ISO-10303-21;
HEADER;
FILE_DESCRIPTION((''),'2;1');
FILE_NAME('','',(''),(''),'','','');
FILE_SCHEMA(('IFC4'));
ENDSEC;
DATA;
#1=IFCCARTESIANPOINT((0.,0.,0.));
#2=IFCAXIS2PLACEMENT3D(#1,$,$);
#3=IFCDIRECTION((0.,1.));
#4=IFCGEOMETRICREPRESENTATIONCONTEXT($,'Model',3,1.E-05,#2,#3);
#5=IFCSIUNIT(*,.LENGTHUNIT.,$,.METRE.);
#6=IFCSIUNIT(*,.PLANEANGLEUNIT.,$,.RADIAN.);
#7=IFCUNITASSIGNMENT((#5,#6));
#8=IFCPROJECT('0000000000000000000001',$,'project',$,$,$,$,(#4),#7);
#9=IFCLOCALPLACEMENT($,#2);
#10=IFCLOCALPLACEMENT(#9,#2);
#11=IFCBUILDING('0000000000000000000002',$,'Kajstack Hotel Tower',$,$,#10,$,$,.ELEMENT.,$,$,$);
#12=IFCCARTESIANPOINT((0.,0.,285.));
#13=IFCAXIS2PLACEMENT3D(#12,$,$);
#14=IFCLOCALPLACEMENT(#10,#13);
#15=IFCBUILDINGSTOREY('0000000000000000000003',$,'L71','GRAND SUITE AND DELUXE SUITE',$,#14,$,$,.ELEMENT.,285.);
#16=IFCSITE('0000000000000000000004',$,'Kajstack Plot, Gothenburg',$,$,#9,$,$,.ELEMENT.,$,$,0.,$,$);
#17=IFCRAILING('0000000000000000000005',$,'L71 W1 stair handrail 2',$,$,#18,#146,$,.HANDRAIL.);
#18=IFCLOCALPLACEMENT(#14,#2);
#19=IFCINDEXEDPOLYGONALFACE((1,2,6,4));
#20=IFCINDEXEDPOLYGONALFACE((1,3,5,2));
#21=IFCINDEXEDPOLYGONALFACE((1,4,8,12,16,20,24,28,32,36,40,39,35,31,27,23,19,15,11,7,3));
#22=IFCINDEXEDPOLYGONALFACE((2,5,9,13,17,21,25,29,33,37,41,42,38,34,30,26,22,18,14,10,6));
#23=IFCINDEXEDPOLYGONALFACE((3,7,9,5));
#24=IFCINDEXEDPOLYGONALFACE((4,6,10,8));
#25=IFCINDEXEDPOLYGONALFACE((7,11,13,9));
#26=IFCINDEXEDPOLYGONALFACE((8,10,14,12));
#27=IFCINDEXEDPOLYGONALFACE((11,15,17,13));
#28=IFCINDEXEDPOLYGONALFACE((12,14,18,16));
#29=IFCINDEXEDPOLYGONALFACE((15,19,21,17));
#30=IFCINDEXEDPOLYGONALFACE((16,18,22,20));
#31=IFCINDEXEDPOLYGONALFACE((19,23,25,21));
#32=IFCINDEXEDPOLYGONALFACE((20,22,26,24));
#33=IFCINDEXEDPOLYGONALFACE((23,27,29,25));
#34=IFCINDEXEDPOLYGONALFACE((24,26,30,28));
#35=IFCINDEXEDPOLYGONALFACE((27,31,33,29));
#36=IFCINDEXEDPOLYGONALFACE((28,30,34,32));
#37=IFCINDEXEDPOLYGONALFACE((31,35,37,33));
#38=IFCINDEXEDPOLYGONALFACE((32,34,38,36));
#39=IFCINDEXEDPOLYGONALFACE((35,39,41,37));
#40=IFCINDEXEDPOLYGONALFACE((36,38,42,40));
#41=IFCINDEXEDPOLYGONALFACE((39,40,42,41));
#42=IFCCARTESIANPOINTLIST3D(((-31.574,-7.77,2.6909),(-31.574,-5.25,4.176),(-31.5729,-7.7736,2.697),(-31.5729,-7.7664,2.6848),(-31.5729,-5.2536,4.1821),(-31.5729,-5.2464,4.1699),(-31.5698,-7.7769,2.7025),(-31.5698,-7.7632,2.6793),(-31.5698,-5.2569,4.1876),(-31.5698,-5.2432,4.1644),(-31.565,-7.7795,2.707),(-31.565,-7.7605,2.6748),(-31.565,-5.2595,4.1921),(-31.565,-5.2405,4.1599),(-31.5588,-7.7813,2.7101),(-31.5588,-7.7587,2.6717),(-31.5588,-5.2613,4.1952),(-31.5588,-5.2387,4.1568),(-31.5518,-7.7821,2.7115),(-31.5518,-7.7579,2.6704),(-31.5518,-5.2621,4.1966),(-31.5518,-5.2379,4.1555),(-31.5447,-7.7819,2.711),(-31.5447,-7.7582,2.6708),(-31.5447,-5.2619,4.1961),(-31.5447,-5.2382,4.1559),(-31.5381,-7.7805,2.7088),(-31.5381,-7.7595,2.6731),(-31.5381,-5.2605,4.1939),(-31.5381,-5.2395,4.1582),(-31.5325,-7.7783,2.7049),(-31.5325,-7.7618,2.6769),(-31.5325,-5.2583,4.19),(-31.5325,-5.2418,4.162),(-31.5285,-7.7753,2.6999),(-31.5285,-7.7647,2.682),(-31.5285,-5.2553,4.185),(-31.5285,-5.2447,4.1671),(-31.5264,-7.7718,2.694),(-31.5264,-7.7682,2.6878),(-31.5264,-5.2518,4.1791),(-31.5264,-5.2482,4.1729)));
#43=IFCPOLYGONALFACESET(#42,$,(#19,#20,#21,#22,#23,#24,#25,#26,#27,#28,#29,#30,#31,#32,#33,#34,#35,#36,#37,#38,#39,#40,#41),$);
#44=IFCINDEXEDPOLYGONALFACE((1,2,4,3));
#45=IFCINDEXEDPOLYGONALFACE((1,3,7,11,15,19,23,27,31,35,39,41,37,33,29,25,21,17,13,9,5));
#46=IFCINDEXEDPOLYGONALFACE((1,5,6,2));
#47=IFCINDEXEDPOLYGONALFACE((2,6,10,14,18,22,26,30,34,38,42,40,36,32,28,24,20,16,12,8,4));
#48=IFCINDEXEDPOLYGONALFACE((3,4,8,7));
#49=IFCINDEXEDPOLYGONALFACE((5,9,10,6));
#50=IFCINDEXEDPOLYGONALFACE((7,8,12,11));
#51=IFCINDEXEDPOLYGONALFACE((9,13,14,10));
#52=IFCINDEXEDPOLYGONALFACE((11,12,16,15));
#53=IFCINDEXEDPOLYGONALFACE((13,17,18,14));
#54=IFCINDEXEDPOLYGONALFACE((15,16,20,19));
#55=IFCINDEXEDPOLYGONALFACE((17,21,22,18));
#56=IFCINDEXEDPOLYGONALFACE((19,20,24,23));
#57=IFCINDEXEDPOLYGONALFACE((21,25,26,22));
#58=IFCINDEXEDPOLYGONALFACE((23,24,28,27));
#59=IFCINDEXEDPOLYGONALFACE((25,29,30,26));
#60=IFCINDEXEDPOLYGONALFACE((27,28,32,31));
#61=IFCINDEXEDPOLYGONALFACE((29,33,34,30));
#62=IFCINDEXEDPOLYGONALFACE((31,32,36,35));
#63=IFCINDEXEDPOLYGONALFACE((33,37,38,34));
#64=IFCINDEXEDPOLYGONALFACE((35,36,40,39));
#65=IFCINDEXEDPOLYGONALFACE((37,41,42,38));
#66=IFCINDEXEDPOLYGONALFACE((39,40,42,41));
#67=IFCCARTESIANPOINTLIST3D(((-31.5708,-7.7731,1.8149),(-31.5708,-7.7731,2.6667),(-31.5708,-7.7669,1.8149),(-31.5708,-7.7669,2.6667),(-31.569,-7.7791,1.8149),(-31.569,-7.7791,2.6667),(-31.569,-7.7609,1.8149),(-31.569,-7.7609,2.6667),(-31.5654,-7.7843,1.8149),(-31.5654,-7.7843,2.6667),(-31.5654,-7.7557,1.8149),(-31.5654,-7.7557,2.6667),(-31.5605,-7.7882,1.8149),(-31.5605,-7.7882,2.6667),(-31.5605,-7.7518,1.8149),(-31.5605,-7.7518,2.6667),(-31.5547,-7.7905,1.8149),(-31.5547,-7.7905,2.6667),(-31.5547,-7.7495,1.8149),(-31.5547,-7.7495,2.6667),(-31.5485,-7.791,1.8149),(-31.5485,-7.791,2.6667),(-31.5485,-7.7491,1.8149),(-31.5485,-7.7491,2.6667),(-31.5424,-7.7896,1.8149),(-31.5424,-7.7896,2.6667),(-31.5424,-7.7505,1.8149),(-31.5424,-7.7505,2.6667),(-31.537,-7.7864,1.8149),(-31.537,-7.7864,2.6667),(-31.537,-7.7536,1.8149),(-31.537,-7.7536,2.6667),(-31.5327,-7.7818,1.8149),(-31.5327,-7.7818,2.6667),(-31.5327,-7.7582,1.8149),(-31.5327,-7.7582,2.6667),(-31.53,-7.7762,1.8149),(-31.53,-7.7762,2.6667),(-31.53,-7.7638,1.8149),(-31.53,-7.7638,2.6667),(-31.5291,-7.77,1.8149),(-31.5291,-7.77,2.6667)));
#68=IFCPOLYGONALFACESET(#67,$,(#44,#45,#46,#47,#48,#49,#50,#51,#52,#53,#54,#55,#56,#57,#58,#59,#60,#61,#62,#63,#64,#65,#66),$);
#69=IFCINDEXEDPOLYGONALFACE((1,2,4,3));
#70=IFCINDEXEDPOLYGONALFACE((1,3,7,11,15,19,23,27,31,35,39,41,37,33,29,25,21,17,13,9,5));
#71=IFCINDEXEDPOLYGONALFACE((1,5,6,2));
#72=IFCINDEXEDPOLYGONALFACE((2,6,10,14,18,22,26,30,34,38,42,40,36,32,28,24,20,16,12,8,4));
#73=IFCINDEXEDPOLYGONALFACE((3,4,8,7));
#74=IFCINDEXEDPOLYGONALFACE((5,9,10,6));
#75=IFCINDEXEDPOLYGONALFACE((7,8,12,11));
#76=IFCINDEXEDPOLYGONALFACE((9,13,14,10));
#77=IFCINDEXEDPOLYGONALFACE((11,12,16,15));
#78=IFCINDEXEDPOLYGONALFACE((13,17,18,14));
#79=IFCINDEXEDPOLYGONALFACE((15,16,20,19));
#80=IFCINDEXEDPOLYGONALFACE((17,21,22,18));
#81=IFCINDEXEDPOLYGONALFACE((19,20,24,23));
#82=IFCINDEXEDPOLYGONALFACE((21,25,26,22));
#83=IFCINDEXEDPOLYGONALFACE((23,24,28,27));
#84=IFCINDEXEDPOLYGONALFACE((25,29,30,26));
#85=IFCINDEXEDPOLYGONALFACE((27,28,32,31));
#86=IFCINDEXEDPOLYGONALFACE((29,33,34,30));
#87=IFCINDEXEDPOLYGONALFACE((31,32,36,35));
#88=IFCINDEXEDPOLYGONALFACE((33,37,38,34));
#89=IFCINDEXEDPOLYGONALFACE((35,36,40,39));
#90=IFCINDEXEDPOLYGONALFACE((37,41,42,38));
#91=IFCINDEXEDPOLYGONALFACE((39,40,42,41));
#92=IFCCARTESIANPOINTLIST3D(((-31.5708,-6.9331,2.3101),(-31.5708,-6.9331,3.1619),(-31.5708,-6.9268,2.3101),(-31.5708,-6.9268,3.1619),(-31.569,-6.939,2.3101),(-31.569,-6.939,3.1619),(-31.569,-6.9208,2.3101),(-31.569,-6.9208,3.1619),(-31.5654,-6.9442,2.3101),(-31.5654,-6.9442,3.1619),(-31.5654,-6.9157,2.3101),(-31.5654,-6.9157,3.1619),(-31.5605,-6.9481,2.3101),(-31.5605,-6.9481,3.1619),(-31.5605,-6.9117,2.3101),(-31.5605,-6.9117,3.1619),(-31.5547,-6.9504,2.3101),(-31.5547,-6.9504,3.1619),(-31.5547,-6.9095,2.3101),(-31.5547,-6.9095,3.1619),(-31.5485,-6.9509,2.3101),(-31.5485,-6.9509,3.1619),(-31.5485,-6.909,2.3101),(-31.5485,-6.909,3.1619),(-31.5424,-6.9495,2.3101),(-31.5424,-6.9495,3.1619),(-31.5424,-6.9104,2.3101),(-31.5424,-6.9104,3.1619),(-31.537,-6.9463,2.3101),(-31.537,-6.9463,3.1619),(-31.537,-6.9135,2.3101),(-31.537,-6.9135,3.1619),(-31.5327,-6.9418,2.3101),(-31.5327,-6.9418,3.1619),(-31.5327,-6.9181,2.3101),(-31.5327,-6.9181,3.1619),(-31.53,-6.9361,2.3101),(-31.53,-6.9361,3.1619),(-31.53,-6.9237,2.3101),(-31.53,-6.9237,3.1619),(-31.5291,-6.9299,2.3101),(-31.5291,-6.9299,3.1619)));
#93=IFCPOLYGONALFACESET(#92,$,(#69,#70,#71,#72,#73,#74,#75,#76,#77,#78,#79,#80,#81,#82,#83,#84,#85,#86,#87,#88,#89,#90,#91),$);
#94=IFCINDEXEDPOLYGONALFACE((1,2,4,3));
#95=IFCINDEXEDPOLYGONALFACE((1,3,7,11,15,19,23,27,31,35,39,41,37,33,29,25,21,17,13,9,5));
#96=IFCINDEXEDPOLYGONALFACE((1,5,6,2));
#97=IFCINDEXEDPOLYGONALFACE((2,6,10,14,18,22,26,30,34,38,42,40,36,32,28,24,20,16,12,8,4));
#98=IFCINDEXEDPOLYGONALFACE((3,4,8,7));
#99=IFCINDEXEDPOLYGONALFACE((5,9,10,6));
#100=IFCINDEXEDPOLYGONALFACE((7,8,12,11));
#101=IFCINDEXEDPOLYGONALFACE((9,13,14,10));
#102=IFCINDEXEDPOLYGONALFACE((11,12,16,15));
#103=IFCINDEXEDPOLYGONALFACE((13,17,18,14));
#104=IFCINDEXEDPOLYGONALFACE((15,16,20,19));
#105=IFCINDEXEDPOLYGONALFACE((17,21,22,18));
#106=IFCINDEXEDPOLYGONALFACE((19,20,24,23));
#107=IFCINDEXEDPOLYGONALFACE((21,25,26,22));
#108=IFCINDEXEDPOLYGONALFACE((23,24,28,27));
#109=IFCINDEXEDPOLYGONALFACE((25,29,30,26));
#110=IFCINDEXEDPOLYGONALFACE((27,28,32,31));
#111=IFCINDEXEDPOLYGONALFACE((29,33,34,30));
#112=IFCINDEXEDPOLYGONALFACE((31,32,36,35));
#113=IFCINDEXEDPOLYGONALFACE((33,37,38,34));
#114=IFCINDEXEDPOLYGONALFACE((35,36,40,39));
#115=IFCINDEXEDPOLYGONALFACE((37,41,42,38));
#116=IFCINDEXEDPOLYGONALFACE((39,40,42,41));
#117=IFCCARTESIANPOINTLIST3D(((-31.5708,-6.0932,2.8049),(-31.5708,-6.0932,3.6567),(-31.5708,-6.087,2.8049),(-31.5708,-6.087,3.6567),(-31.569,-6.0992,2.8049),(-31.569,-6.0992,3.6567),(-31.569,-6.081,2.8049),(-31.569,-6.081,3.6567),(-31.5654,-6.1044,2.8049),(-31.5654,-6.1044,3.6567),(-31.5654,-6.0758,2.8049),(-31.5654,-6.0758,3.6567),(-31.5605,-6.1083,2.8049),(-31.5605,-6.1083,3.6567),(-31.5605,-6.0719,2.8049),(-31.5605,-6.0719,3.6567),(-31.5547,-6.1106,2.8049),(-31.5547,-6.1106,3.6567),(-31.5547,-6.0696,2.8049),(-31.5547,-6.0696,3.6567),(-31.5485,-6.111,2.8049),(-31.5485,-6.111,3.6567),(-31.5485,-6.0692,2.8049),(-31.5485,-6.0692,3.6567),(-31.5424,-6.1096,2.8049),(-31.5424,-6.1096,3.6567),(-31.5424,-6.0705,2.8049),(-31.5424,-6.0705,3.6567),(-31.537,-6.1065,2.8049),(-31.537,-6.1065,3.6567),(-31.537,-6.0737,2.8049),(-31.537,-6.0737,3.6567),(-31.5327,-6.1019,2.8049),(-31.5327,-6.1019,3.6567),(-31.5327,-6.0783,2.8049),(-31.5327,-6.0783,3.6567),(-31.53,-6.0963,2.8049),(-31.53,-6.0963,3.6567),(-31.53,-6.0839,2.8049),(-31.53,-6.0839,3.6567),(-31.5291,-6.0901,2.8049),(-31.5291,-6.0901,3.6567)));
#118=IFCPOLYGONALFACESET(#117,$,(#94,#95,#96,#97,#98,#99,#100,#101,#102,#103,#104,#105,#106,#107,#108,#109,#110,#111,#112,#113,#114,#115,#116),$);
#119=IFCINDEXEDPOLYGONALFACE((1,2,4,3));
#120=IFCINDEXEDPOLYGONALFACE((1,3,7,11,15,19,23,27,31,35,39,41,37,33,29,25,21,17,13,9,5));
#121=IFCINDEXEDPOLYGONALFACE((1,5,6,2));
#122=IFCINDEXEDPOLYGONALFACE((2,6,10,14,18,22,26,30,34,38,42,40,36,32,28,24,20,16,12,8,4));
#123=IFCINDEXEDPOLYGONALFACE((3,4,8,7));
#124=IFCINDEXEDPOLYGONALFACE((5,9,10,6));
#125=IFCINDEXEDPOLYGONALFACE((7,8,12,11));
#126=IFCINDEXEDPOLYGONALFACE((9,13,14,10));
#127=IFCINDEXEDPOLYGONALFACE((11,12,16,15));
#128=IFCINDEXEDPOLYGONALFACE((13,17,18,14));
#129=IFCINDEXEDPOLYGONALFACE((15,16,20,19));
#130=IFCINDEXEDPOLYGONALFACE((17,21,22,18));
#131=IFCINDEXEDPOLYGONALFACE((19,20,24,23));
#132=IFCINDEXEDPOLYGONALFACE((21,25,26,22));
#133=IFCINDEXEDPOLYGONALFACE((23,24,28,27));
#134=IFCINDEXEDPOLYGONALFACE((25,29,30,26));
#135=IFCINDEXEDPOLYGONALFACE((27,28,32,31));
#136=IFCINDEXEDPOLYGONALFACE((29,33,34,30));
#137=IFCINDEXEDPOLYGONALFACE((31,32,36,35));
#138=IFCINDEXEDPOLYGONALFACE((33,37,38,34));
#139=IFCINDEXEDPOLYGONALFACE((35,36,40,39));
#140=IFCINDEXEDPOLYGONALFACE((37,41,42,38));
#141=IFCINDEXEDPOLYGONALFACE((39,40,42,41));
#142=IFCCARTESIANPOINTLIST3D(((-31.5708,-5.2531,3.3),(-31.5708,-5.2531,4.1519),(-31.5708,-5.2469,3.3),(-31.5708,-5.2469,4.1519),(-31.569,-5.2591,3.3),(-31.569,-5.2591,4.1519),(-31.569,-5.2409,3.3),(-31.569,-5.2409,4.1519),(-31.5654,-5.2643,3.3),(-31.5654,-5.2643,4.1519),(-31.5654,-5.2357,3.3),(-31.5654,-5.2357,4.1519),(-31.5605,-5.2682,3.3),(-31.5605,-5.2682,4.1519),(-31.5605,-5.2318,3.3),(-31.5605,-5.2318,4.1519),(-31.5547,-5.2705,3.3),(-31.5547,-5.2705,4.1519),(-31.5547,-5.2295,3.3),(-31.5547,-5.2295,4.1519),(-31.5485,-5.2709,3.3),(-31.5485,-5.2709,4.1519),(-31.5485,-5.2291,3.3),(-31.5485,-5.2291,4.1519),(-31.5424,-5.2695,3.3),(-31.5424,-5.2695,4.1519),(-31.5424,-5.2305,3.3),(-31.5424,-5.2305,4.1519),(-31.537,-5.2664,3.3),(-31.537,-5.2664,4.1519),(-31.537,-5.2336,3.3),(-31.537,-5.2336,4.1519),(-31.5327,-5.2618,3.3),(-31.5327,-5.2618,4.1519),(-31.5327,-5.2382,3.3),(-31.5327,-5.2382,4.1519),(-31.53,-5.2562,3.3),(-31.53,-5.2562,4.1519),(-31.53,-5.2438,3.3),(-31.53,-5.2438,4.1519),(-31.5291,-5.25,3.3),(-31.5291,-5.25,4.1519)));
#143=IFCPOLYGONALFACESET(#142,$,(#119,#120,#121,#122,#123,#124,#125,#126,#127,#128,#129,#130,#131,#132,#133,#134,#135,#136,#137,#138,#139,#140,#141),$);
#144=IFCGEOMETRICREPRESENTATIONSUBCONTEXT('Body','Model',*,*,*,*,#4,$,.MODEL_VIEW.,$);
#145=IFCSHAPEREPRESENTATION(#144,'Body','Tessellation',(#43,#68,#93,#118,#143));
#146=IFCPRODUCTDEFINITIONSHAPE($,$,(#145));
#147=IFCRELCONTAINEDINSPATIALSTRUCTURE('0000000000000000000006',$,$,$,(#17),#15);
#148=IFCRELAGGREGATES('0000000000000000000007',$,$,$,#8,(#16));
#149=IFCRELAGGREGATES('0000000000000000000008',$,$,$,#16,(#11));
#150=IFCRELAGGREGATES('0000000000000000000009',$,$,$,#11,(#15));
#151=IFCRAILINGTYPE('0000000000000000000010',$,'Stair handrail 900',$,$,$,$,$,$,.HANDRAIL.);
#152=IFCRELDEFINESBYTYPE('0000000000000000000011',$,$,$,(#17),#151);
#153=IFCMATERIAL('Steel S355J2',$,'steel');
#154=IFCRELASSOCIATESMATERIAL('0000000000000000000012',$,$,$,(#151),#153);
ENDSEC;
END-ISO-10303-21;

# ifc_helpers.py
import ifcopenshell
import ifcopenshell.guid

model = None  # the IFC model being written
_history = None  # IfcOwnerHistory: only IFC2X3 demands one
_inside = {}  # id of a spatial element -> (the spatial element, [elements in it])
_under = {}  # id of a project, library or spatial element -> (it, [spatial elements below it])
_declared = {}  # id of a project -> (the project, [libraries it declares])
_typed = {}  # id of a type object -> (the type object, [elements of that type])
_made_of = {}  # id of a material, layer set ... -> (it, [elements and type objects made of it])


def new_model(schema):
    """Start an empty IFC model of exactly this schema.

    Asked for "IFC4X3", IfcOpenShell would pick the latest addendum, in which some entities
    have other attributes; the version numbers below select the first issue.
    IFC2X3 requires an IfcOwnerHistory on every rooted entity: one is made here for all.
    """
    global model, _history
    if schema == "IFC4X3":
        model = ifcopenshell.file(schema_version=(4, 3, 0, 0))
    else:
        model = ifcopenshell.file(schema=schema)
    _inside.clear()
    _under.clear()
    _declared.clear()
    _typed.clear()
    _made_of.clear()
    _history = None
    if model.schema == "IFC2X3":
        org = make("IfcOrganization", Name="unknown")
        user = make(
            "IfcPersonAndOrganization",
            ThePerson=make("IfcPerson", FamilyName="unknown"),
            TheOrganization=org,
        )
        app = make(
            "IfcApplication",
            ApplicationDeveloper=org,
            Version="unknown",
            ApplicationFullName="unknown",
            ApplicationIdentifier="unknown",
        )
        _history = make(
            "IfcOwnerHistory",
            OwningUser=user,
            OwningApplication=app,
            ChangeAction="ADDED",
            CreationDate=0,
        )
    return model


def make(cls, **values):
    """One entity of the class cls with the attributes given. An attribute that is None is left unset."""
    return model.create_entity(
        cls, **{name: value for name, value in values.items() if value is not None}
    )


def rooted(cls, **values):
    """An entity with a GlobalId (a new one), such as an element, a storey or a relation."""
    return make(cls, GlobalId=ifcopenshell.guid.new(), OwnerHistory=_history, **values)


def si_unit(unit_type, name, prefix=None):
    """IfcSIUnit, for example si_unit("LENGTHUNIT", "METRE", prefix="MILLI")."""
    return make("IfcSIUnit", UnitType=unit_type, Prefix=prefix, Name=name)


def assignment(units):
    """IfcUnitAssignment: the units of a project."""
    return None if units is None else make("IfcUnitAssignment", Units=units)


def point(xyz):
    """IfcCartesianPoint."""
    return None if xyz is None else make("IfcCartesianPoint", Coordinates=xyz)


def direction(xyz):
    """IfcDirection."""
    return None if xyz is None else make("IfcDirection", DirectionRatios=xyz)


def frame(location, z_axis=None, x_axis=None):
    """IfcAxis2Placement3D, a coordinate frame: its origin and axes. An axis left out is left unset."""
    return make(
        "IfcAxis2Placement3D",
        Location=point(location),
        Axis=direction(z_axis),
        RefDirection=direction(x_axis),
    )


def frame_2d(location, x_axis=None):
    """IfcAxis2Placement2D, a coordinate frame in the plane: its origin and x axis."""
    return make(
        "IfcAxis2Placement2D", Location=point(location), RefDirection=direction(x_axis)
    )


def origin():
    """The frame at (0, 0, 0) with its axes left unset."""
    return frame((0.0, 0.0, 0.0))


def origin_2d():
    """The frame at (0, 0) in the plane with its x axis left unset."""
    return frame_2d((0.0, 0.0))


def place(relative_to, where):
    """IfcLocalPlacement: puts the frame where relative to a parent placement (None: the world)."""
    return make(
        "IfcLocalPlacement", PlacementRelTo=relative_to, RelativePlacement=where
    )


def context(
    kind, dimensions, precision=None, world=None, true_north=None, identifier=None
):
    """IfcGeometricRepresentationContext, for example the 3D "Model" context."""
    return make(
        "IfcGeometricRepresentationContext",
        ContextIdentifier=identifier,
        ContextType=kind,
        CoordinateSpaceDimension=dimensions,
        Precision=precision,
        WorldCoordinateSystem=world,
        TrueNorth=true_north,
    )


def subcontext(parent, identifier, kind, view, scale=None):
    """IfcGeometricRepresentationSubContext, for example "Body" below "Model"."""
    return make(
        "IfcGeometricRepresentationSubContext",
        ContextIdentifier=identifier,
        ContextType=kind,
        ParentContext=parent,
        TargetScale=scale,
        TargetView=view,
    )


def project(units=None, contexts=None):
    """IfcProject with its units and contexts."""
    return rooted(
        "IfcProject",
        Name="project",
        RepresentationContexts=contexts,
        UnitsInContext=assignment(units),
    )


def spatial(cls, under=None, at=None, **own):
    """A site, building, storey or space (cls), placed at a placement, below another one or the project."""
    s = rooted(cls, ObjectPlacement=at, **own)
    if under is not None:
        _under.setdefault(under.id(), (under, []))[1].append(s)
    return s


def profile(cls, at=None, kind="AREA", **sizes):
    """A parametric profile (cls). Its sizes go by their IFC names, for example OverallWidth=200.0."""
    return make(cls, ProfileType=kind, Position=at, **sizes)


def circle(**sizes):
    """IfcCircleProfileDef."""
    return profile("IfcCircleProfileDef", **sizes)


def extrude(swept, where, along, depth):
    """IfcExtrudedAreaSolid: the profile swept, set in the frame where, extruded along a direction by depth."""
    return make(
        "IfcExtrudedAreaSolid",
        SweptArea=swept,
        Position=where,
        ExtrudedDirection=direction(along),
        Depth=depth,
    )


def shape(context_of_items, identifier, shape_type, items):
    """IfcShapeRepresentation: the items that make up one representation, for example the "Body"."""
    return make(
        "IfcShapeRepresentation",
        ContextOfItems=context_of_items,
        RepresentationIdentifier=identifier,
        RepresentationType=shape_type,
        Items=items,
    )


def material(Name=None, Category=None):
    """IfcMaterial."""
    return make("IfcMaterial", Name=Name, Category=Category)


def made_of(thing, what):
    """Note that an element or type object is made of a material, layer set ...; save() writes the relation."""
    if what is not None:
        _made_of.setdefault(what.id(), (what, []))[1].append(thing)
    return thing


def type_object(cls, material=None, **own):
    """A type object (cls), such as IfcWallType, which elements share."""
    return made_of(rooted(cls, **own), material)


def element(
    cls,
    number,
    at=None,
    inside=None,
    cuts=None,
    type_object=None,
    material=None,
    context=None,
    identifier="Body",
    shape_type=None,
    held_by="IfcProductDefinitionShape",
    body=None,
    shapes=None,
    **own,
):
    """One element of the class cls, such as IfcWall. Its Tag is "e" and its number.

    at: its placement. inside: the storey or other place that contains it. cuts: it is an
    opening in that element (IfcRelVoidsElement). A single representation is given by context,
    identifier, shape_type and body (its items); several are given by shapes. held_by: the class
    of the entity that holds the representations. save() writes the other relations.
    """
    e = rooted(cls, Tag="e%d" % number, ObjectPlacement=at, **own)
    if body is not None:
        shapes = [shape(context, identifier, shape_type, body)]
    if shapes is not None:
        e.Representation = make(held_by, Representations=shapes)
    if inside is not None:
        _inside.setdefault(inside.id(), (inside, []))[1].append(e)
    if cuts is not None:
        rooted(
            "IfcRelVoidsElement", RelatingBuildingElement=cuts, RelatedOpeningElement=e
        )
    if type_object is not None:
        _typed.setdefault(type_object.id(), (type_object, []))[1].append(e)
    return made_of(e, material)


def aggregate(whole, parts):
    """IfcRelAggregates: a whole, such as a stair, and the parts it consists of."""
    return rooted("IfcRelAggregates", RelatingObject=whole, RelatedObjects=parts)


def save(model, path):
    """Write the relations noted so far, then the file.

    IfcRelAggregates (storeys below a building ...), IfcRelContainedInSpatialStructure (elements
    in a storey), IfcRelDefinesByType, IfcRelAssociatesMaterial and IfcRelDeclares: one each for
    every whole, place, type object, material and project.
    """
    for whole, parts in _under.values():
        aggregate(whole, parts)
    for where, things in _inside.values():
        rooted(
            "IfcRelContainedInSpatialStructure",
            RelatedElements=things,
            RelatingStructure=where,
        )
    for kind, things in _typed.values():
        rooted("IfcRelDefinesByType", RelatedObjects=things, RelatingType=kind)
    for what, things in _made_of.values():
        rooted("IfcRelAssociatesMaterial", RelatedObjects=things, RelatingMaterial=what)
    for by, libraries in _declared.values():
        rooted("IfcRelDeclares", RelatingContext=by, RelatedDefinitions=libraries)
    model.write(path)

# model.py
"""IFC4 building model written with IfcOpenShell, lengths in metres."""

from ifc_helpers import new_model, si_unit, direction, frame, origin, origin_2d, place, context, subcontext, project, spatial, circle, extrude, material, type_object, element, save


model = new_model("IFC4")

# Units and contexts
model_context = context("Model", 3, precision=1e-05, world=origin(), true_north=direction((0.0, 1.0)))
body_context = subcontext(model_context, "Body", "Model", "MODEL_VIEW")
ifc_project = project(units=[si_unit("LENGTHUNIT", "METRE"), si_unit("PLANEANGLEUNIT", "RADIAN")], contexts=[model_context])

# Site, building, storey
site_placement = place(None, origin())
site = spatial("IfcSite", under=ifc_project, at=site_placement, Name="Kajstack Plot, Gothenburg", CompositionType="ELEMENT", RefElevation=0.0)
building_placement = place(site_placement, origin())
building = spatial("IfcBuilding", under=site, at=building_placement, Name="Kajstack Hotel Tower", CompositionType="ELEMENT")
storey_placement = place(building_placement, frame((0.0, 0.0, 285.0)))
storey = spatial("IfcBuildingStorey", under=building, at=storey_placement, Name="L71", Description="GRAND SUITE AND DELUXE SUITE", CompositionType="ELEMENT", Elevation=285.0)

# Railing
ifc_material_1 = material(Name="Steel S355J2", Category="steel")
railing_type_1 = type_object("IfcRailingType", Name="Stair handrail 900", PredefinedType="HANDRAIL", material=ifc_material_1)
railing_1_placement = place(storey_placement, frame((-31.55, -7.77, 1.8149)))
element("IfcRailing", 1, at=railing_1_placement, inside=storey, type_object=railing_type_1, Name="L71 W1 stair handrail 2", PredefinedType="HANDRAIL", context=body_context, shape_type="SweptSolid", body=[
    extrude(circle(Radius=0.0239, at=origin_2d()), frame((0.0, 0.0, 0.876), z_axis=(0.0, 0.861524, 0.507717), x_axis=(-1.0, 0.0, 0.0)), (0.0, 0.0, 1.0), 2.925),
    extrude(circle(Radius=0.021, at=origin_2d()), origin(), (0.0, 0.0, 1.0), 0.8518),
    extrude(circle(Radius=0.021, at=origin_2d()), frame((0.0, 0.8401, 0.4951)), (0.0, 0.0, 1.0), 0.8518),
    extrude(circle(Radius=0.021, at=origin_2d()), frame((0.0, 1.6799, 0.99)), (0.0, 0.0, 1.0), 0.8518),
    extrude(circle(Radius=0.021, at=origin_2d()), frame((0.0, 2.52, 1.4851)), (0.0, 0.0, 1.0), 0.8518),
])

save(model, "model.ifc")
